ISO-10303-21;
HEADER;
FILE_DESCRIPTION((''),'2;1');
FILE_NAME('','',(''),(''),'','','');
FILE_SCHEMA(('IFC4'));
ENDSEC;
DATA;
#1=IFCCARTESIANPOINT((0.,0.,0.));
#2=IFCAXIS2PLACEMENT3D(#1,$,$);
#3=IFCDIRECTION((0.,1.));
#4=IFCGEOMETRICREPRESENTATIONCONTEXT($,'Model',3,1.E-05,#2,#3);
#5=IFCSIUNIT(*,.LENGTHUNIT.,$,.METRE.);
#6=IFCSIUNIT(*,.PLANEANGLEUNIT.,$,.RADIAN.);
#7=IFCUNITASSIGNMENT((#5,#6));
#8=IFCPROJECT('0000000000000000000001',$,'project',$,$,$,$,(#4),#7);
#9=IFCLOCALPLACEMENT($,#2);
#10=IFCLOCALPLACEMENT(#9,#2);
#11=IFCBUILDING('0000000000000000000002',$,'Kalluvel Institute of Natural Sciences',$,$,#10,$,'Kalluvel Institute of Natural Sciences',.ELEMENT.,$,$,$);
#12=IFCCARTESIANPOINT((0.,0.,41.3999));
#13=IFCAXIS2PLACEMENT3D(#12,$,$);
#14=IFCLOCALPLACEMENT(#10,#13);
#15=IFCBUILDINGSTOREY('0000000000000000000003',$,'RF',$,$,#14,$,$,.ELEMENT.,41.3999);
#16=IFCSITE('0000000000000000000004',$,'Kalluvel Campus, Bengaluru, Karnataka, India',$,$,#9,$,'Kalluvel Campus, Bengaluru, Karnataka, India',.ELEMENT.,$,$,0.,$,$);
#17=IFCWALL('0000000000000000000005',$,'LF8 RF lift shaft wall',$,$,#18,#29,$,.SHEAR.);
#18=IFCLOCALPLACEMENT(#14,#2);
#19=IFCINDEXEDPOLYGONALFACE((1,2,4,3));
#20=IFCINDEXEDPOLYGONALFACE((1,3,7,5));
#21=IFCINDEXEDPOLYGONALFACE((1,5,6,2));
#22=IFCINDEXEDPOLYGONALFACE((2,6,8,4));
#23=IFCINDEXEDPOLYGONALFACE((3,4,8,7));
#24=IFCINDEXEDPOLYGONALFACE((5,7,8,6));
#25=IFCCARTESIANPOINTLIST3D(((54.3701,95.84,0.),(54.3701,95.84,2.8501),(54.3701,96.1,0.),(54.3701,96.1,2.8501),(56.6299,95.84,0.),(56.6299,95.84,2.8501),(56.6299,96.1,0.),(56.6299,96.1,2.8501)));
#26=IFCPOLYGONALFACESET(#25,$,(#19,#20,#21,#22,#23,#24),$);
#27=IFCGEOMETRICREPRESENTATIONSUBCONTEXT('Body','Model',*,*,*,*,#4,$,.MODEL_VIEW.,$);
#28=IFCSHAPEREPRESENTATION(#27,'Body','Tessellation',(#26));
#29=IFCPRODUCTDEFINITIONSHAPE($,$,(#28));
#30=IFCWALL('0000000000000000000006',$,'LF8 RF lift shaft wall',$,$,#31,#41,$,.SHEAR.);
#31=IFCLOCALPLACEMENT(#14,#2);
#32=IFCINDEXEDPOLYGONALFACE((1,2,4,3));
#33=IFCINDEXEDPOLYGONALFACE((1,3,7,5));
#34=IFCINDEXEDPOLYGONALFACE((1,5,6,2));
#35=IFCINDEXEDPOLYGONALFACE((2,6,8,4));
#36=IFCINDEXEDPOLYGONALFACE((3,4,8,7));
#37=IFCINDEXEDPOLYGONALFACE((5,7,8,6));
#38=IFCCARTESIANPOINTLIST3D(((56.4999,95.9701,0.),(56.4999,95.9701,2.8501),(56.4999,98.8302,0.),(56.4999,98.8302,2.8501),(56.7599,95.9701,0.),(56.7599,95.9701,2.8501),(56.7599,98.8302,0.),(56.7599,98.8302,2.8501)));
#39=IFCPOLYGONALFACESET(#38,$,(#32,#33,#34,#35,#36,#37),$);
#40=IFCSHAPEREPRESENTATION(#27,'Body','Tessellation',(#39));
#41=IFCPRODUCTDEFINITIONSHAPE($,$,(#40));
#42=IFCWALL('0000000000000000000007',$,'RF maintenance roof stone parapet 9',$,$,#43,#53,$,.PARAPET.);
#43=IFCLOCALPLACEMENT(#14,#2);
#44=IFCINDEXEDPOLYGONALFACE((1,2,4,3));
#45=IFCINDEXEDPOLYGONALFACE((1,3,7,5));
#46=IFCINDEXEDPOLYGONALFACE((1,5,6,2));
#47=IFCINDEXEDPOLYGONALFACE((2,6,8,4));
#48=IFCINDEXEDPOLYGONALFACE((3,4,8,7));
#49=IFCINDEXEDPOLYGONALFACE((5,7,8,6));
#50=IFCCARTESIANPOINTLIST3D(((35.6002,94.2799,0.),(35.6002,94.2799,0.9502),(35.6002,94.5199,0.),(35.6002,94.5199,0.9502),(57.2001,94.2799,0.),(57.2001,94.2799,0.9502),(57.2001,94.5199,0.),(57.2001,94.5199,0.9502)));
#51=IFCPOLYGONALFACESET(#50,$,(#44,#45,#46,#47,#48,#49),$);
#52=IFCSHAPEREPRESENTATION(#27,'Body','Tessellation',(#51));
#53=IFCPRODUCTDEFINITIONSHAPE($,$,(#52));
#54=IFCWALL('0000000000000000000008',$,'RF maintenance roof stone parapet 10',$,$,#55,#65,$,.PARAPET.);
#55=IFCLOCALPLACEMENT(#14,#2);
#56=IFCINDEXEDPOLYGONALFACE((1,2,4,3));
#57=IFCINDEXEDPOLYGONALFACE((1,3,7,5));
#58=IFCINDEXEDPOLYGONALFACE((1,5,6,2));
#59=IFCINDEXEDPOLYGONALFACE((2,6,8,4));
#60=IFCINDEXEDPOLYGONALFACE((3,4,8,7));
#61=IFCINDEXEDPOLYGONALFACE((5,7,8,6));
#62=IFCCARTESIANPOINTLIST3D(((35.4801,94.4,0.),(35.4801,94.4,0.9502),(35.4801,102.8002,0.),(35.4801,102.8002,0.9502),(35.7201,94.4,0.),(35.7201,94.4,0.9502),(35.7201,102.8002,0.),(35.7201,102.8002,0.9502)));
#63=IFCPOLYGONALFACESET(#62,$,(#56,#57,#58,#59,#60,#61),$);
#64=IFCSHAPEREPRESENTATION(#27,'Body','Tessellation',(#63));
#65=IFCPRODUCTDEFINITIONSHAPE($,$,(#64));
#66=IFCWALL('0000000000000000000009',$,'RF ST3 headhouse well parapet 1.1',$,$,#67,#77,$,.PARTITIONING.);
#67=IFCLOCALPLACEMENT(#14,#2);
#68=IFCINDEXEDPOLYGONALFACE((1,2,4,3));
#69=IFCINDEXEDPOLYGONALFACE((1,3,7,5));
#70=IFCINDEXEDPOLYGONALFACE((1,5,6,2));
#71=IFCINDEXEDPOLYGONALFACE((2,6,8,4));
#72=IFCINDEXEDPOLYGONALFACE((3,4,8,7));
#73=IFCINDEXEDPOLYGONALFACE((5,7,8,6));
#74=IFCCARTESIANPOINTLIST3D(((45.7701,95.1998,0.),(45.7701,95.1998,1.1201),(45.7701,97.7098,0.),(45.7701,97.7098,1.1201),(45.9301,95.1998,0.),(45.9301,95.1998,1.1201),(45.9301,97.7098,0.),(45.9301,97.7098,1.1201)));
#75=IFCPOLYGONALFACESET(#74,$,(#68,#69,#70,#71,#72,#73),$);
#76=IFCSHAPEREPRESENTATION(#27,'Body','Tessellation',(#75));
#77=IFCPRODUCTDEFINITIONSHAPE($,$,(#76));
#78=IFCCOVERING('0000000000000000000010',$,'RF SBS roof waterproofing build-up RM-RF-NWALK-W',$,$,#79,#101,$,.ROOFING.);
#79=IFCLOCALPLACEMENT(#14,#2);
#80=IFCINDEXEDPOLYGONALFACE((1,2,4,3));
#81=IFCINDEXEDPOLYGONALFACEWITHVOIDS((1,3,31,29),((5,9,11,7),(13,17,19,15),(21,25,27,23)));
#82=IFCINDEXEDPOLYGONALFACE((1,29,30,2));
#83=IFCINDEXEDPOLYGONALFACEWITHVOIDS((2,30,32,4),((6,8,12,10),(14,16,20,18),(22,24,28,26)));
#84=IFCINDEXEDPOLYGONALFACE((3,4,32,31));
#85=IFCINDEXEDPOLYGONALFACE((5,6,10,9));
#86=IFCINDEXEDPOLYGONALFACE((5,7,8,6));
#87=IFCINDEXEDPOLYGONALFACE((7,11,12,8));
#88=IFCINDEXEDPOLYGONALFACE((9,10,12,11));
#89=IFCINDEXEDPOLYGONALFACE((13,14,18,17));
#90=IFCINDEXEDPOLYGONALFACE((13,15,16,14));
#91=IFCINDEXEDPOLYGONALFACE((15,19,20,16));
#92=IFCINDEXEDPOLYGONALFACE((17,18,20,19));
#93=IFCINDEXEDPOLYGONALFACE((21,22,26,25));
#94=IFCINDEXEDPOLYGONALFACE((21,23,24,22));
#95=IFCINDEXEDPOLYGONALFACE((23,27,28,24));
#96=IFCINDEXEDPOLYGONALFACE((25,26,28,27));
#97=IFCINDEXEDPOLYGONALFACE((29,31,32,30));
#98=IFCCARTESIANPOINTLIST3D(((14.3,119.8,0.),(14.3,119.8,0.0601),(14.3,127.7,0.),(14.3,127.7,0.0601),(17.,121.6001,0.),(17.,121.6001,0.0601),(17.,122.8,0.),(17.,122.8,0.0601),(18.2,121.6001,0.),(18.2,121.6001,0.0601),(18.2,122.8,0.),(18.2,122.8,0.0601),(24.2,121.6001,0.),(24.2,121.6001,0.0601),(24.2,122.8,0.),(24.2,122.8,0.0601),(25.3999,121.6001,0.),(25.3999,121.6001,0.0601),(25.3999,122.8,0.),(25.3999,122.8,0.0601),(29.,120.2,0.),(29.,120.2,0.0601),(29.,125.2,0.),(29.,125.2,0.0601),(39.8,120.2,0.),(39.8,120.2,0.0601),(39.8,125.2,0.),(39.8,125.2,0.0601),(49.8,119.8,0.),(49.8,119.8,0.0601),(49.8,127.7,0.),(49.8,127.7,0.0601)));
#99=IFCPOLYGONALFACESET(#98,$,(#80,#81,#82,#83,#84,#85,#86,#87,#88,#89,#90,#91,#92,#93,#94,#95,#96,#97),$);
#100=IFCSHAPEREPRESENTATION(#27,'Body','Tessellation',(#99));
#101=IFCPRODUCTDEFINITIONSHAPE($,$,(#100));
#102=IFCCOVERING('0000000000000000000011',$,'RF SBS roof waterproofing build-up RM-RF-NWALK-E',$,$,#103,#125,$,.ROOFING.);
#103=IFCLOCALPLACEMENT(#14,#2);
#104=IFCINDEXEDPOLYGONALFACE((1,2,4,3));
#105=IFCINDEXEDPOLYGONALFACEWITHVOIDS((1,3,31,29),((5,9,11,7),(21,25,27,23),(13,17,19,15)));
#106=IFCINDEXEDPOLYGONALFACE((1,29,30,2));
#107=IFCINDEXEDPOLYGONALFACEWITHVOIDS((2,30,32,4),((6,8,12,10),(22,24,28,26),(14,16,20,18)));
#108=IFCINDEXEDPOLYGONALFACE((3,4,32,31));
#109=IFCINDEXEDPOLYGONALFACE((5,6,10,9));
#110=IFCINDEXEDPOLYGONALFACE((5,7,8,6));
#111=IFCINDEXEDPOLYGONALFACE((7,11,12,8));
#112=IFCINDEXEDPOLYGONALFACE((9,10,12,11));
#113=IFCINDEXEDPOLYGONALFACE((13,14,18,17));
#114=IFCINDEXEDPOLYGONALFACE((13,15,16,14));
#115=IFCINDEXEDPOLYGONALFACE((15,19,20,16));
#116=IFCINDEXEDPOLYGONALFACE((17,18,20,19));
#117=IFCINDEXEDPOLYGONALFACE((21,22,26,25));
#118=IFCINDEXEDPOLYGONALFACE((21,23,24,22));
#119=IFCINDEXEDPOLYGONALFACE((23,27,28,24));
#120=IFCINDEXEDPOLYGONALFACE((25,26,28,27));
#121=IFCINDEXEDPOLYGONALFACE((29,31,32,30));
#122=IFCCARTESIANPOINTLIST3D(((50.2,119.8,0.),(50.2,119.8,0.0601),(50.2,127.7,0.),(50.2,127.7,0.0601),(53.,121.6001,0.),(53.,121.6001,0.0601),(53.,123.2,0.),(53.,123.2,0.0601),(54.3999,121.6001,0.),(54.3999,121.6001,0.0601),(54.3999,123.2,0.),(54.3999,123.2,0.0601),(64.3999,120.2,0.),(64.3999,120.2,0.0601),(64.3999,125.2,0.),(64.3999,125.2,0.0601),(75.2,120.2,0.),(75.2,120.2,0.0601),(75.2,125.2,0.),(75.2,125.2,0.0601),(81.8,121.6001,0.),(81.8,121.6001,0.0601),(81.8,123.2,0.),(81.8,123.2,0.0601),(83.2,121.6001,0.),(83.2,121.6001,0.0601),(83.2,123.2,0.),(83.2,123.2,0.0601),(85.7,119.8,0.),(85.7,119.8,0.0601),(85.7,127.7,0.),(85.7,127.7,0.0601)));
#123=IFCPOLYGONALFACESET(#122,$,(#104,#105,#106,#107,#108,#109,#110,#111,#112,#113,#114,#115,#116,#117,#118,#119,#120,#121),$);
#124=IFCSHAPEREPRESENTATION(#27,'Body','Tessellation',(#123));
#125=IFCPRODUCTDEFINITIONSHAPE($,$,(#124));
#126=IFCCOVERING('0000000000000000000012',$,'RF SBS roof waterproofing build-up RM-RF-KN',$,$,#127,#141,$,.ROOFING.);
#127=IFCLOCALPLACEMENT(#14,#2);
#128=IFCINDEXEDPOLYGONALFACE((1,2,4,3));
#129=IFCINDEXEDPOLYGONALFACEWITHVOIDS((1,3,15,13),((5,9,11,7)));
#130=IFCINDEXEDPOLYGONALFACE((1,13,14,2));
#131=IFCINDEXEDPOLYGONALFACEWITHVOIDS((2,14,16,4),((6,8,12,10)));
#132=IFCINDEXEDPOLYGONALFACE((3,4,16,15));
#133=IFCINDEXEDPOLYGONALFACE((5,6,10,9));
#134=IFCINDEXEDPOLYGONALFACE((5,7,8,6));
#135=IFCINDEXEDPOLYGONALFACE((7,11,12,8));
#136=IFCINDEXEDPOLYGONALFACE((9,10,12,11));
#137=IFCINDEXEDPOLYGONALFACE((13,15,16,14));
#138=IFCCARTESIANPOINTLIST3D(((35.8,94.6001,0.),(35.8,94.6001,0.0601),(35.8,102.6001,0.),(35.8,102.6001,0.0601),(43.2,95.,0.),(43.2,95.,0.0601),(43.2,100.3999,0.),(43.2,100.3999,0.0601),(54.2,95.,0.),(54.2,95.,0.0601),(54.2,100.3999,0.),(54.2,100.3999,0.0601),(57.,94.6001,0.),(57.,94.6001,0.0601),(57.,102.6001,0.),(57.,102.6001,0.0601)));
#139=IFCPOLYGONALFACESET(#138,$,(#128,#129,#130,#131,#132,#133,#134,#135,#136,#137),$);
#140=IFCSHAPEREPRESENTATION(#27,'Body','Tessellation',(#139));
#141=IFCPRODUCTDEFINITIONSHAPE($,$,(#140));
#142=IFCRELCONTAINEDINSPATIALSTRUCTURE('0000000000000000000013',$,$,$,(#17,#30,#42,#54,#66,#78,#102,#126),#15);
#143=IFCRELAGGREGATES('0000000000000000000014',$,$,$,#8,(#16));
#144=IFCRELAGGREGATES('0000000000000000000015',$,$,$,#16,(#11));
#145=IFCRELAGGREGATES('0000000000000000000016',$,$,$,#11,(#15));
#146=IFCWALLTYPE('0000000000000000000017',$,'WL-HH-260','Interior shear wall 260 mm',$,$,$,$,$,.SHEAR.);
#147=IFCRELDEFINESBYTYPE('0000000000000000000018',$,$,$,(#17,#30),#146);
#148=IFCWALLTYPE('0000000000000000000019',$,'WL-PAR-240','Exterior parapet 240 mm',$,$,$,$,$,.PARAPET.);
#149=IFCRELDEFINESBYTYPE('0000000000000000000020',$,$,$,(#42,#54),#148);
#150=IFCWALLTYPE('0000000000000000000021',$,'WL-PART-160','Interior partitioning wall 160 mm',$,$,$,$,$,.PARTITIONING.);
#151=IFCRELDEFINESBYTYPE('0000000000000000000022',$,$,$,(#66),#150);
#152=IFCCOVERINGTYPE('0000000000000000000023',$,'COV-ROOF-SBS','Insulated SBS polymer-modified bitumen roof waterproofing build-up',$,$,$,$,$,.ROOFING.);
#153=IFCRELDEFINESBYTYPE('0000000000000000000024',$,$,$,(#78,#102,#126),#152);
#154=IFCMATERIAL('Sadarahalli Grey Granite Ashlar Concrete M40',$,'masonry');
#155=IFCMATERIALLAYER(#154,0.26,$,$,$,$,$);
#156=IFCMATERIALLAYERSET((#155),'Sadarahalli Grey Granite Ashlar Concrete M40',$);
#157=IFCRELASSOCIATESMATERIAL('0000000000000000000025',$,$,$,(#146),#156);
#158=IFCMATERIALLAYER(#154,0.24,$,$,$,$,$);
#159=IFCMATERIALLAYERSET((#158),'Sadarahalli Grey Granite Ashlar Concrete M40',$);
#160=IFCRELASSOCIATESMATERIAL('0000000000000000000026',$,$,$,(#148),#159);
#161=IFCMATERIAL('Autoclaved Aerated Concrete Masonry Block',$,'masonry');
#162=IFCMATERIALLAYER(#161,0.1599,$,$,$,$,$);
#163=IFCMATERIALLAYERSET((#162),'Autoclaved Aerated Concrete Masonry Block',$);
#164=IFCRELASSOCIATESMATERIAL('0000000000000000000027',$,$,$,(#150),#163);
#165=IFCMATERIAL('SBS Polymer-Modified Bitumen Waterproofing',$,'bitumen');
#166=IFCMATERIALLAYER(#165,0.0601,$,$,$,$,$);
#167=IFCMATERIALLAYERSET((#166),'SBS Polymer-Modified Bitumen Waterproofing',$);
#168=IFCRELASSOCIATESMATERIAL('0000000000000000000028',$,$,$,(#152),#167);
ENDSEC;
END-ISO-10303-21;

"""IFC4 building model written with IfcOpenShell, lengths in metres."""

from ifc_helpers import new_model, si_unit, direction, frame, frame_2d, origin, place, context, subcontext, project, spatial, polyline, rectangle, outline, extrude, material, layer, layer_set, type_object, element, save


model = new_model("IFC4")

# Units and contexts
model_context = context("Model", 3, precision=1e-05, world=origin(), true_north=direction((0.0, 1.0)))
body_context = subcontext(model_context, "Body", "Model", "MODEL_VIEW")
ifc_project = project(units=[si_unit("LENGTHUNIT", "METRE"), si_unit("PLANEANGLEUNIT", "RADIAN")], contexts=[model_context])

# Site, building, storey
site_placement = place(None, origin())
site = spatial("IfcSite", under=ifc_project, at=site_placement, Name="Kalluvel Campus, Bengaluru, Karnataka, India", LongName="Kalluvel Campus, Bengaluru, Karnataka, India", CompositionType="ELEMENT", RefElevation=0.0)
building_placement = place(site_placement, origin())
building = spatial("IfcBuilding", under=site, at=building_placement, Name="Kalluvel Institute of Natural Sciences", LongName="Kalluvel Institute of Natural Sciences", CompositionType="ELEMENT")
storey_placement = place(building_placement, frame((0.0, 0.0, 41.3999)))
storey = spatial("IfcBuildingStorey", under=building, at=storey_placement, Name="RF", CompositionType="ELEMENT", Elevation=41.3999)

# Walls
ifc_material_1 = material(Name="Sadarahalli Grey Granite Ashlar Concrete M40", Category="masonry")
ifc_layer_1 = layer(ifc_material_1, 0.26)
ifc_layer_set_1 = layer_set([ifc_layer_1], Name="Sadarahalli Grey Granite Ashlar Concrete M40")
wall_type_1 = type_object("IfcWallType", Name="WL-HH-260", Description="Interior shear wall 260 mm", PredefinedType="SHEAR", material=ifc_layer_set_1)
wall_1_placement = place(storey_placement, frame((54.3701, 95.97, 0.0), z_axis=(0.0, 0.0, 1.0), x_axis=(1.0, 0.0, 0.0)))
element("IfcWall", 1, at=wall_1_placement, inside=storey, type_object=wall_type_1, Name="LF8 RF lift shaft wall", PredefinedType="SHEAR", context=body_context, shape_type="SweptSolid", body=[
    extrude(rectangle(XDim=2.2598, YDim=0.26, at=frame_2d((1.1299, 0.0))), origin(), (0.0, 0.0, 1.0), 2.8501),
])
wall_2_placement = place(storey_placement, frame((56.6299, 95.97, 0.0), z_axis=(0.0, 0.0, 1.0), x_axis=(0.0, 1.0, 0.0)))
element("IfcWall", 2, at=wall_2_placement, inside=storey, type_object=wall_type_1, Name="LF8 RF lift shaft wall", PredefinedType="SHEAR", context=body_context, shape_type="SweptSolid", body=[
    extrude(rectangle(XDim=2.8601, YDim=0.26, at=frame_2d((1.4302, 0.0))), origin(), (0.0, 0.0, 1.0), 2.8501),
])
ifc_layer_2 = layer(ifc_material_1, 0.24)
ifc_layer_set_2 = layer_set([ifc_layer_2], Name="Sadarahalli Grey Granite Ashlar Concrete M40")
wall_type_2 = type_object("IfcWallType", Name="WL-PAR-240", Description="Exterior parapet 240 mm", PredefinedType="PARAPET", material=ifc_layer_set_2)
wall_3_placement = place(storey_placement, frame((57.2, 94.3999, 0.0), z_axis=(0.0, 0.0, 1.0), x_axis=(-1.0, 0.0, 0.0)))
element("IfcWall", 3, at=wall_3_placement, inside=storey, type_object=wall_type_2, Name="RF maintenance roof stone parapet 9", PredefinedType="PARAPET", context=body_context, shape_type="SweptSolid", body=[
    extrude(rectangle(XDim=21.5999, YDim=0.24, at=frame_2d((10.7998, 0.0))), origin(), (0.0, 0.0, 1.0), 0.9502),
])
wall_4_placement = place(storey_placement, frame((35.6001, 94.3999, 0.0), z_axis=(0.0, 0.0, 1.0), x_axis=(0.0, 1.0, 0.0)))
element("IfcWall", 4, at=wall_4_placement, inside=storey, type_object=wall_type_2, Name="RF maintenance roof stone parapet 10", PredefinedType="PARAPET", context=body_context, shape_type="SweptSolid", body=[
    extrude(rectangle(XDim=8.4001, YDim=0.24, at=frame_2d((4.2002, 0.0))), origin(), (0.0, 0.0, 1.0), 0.9502),
])
ifc_material_2 = material(Name="Autoclaved Aerated Concrete Masonry Block", Category="masonry")
ifc_layer_3 = layer(ifc_material_2, 0.1599)
ifc_layer_set_3 = layer_set([ifc_layer_3], Name="Autoclaved Aerated Concrete Masonry Block")
wall_type_3 = type_object("IfcWallType", Name="WL-PART-160", Description="Interior partitioning wall 160 mm", PredefinedType="PARTITIONING", material=ifc_layer_set_3)
wall_5_placement = place(storey_placement, frame((45.8501, 95.2, 0.0), z_axis=(0.0, 0.0, 1.0), x_axis=(0.0, 1.0, 0.0)))
element("IfcWall", 5, at=wall_5_placement, inside=storey, type_object=wall_type_3, Name="RF ST3 headhouse well parapet 1.1", PredefinedType="PARTITIONING", context=body_context, shape_type="SweptSolid", body=[
    extrude(rectangle(XDim=2.51, YDim=0.1599, at=frame_2d((1.2549, 0.0))), origin(), (0.0, 0.0, 1.0), 1.1201),
])

# Coverings
ifc_material_3 = material(Name="SBS Polymer-Modified Bitumen Waterproofing", Category="bitumen")
ifc_layer_4 = layer(ifc_material_3, 0.0601)
ifc_layer_set_4 = layer_set([ifc_layer_4], Name="SBS Polymer-Modified Bitumen Waterproofing")
covering_type = type_object("IfcCoveringType", Name="COV-ROOF-SBS", Description="Insulated SBS polymer-modified bitumen roof waterproofing build-up", PredefinedType="ROOFING", material=ifc_layer_set_4)
covering_1_placement = place(storey_placement, origin())
element("IfcCovering", 6, at=covering_1_placement, inside=storey, type_object=covering_type, Name="RF SBS roof waterproofing build-up RM-RF-NWALK-W", PredefinedType="ROOFING", context=body_context, shape_type="SweptSolid", body=[
    extrude(outline(polyline([(14.3, 119.8), (49.8, 119.8), (49.8, 127.7), (14.3, 127.7), (14.3, 119.8)]), holes=[polyline([(29.0, 120.2), (39.8, 120.2), (39.8, 125.2), (29.0, 125.2), (29.0, 120.2)]), polyline([(17.0, 121.6001), (18.2, 121.6001), (18.2, 122.8), (17.0, 122.8), (17.0, 121.6001)]), polyline([(24.2, 121.6001), (25.3999, 121.6001), (25.3999, 122.8), (24.2, 122.8), (24.2, 121.6001)])]), origin(), (0.0, 0.0, 1.0), 0.0601),
])
covering_2_placement = place(storey_placement, origin())
element("IfcCovering", 7, at=covering_2_placement, inside=storey, type_object=covering_type, Name="RF SBS roof waterproofing build-up RM-RF-NWALK-E", PredefinedType="ROOFING", context=body_context, shape_type="SweptSolid", body=[
    extrude(outline(polyline([(50.2, 119.8), (85.7, 119.8), (85.7, 127.7), (50.2, 127.7), (50.2, 119.8)]), holes=[polyline([(64.3999, 120.2), (75.2, 120.2), (75.2, 125.2), (64.3999, 125.2), (64.3999, 120.2)]), polyline([(53.0, 121.6001), (54.3999, 121.6001), (54.3999, 123.2), (53.0, 123.2), (53.0, 121.6001)]), polyline([(81.8, 121.6001), (83.2, 121.6001), (83.2, 123.2), (81.8, 123.2), (81.8, 121.6001)])]), origin(), (0.0, 0.0, 1.0), 0.0601),
])
covering_3_placement = place(storey_placement, origin())
element("IfcCovering", 8, at=covering_3_placement, inside=storey, type_object=covering_type, Name="RF SBS roof waterproofing build-up RM-RF-KN", PredefinedType="ROOFING", context=body_context, shape_type="SweptSolid", body=[
    extrude(outline(polyline([(35.8, 94.6001), (57.0, 94.6001), (57.0, 102.6001), (35.8, 102.6001), (35.8, 94.6001)]), holes=[polyline([(43.2, 95.0), (54.2, 95.0), (54.2, 100.3999), (43.2, 100.3999), (43.2, 95.0)])]), origin(), (0.0, 0.0, 1.0), 0.0601),
])

save(model, "model.ifc")
